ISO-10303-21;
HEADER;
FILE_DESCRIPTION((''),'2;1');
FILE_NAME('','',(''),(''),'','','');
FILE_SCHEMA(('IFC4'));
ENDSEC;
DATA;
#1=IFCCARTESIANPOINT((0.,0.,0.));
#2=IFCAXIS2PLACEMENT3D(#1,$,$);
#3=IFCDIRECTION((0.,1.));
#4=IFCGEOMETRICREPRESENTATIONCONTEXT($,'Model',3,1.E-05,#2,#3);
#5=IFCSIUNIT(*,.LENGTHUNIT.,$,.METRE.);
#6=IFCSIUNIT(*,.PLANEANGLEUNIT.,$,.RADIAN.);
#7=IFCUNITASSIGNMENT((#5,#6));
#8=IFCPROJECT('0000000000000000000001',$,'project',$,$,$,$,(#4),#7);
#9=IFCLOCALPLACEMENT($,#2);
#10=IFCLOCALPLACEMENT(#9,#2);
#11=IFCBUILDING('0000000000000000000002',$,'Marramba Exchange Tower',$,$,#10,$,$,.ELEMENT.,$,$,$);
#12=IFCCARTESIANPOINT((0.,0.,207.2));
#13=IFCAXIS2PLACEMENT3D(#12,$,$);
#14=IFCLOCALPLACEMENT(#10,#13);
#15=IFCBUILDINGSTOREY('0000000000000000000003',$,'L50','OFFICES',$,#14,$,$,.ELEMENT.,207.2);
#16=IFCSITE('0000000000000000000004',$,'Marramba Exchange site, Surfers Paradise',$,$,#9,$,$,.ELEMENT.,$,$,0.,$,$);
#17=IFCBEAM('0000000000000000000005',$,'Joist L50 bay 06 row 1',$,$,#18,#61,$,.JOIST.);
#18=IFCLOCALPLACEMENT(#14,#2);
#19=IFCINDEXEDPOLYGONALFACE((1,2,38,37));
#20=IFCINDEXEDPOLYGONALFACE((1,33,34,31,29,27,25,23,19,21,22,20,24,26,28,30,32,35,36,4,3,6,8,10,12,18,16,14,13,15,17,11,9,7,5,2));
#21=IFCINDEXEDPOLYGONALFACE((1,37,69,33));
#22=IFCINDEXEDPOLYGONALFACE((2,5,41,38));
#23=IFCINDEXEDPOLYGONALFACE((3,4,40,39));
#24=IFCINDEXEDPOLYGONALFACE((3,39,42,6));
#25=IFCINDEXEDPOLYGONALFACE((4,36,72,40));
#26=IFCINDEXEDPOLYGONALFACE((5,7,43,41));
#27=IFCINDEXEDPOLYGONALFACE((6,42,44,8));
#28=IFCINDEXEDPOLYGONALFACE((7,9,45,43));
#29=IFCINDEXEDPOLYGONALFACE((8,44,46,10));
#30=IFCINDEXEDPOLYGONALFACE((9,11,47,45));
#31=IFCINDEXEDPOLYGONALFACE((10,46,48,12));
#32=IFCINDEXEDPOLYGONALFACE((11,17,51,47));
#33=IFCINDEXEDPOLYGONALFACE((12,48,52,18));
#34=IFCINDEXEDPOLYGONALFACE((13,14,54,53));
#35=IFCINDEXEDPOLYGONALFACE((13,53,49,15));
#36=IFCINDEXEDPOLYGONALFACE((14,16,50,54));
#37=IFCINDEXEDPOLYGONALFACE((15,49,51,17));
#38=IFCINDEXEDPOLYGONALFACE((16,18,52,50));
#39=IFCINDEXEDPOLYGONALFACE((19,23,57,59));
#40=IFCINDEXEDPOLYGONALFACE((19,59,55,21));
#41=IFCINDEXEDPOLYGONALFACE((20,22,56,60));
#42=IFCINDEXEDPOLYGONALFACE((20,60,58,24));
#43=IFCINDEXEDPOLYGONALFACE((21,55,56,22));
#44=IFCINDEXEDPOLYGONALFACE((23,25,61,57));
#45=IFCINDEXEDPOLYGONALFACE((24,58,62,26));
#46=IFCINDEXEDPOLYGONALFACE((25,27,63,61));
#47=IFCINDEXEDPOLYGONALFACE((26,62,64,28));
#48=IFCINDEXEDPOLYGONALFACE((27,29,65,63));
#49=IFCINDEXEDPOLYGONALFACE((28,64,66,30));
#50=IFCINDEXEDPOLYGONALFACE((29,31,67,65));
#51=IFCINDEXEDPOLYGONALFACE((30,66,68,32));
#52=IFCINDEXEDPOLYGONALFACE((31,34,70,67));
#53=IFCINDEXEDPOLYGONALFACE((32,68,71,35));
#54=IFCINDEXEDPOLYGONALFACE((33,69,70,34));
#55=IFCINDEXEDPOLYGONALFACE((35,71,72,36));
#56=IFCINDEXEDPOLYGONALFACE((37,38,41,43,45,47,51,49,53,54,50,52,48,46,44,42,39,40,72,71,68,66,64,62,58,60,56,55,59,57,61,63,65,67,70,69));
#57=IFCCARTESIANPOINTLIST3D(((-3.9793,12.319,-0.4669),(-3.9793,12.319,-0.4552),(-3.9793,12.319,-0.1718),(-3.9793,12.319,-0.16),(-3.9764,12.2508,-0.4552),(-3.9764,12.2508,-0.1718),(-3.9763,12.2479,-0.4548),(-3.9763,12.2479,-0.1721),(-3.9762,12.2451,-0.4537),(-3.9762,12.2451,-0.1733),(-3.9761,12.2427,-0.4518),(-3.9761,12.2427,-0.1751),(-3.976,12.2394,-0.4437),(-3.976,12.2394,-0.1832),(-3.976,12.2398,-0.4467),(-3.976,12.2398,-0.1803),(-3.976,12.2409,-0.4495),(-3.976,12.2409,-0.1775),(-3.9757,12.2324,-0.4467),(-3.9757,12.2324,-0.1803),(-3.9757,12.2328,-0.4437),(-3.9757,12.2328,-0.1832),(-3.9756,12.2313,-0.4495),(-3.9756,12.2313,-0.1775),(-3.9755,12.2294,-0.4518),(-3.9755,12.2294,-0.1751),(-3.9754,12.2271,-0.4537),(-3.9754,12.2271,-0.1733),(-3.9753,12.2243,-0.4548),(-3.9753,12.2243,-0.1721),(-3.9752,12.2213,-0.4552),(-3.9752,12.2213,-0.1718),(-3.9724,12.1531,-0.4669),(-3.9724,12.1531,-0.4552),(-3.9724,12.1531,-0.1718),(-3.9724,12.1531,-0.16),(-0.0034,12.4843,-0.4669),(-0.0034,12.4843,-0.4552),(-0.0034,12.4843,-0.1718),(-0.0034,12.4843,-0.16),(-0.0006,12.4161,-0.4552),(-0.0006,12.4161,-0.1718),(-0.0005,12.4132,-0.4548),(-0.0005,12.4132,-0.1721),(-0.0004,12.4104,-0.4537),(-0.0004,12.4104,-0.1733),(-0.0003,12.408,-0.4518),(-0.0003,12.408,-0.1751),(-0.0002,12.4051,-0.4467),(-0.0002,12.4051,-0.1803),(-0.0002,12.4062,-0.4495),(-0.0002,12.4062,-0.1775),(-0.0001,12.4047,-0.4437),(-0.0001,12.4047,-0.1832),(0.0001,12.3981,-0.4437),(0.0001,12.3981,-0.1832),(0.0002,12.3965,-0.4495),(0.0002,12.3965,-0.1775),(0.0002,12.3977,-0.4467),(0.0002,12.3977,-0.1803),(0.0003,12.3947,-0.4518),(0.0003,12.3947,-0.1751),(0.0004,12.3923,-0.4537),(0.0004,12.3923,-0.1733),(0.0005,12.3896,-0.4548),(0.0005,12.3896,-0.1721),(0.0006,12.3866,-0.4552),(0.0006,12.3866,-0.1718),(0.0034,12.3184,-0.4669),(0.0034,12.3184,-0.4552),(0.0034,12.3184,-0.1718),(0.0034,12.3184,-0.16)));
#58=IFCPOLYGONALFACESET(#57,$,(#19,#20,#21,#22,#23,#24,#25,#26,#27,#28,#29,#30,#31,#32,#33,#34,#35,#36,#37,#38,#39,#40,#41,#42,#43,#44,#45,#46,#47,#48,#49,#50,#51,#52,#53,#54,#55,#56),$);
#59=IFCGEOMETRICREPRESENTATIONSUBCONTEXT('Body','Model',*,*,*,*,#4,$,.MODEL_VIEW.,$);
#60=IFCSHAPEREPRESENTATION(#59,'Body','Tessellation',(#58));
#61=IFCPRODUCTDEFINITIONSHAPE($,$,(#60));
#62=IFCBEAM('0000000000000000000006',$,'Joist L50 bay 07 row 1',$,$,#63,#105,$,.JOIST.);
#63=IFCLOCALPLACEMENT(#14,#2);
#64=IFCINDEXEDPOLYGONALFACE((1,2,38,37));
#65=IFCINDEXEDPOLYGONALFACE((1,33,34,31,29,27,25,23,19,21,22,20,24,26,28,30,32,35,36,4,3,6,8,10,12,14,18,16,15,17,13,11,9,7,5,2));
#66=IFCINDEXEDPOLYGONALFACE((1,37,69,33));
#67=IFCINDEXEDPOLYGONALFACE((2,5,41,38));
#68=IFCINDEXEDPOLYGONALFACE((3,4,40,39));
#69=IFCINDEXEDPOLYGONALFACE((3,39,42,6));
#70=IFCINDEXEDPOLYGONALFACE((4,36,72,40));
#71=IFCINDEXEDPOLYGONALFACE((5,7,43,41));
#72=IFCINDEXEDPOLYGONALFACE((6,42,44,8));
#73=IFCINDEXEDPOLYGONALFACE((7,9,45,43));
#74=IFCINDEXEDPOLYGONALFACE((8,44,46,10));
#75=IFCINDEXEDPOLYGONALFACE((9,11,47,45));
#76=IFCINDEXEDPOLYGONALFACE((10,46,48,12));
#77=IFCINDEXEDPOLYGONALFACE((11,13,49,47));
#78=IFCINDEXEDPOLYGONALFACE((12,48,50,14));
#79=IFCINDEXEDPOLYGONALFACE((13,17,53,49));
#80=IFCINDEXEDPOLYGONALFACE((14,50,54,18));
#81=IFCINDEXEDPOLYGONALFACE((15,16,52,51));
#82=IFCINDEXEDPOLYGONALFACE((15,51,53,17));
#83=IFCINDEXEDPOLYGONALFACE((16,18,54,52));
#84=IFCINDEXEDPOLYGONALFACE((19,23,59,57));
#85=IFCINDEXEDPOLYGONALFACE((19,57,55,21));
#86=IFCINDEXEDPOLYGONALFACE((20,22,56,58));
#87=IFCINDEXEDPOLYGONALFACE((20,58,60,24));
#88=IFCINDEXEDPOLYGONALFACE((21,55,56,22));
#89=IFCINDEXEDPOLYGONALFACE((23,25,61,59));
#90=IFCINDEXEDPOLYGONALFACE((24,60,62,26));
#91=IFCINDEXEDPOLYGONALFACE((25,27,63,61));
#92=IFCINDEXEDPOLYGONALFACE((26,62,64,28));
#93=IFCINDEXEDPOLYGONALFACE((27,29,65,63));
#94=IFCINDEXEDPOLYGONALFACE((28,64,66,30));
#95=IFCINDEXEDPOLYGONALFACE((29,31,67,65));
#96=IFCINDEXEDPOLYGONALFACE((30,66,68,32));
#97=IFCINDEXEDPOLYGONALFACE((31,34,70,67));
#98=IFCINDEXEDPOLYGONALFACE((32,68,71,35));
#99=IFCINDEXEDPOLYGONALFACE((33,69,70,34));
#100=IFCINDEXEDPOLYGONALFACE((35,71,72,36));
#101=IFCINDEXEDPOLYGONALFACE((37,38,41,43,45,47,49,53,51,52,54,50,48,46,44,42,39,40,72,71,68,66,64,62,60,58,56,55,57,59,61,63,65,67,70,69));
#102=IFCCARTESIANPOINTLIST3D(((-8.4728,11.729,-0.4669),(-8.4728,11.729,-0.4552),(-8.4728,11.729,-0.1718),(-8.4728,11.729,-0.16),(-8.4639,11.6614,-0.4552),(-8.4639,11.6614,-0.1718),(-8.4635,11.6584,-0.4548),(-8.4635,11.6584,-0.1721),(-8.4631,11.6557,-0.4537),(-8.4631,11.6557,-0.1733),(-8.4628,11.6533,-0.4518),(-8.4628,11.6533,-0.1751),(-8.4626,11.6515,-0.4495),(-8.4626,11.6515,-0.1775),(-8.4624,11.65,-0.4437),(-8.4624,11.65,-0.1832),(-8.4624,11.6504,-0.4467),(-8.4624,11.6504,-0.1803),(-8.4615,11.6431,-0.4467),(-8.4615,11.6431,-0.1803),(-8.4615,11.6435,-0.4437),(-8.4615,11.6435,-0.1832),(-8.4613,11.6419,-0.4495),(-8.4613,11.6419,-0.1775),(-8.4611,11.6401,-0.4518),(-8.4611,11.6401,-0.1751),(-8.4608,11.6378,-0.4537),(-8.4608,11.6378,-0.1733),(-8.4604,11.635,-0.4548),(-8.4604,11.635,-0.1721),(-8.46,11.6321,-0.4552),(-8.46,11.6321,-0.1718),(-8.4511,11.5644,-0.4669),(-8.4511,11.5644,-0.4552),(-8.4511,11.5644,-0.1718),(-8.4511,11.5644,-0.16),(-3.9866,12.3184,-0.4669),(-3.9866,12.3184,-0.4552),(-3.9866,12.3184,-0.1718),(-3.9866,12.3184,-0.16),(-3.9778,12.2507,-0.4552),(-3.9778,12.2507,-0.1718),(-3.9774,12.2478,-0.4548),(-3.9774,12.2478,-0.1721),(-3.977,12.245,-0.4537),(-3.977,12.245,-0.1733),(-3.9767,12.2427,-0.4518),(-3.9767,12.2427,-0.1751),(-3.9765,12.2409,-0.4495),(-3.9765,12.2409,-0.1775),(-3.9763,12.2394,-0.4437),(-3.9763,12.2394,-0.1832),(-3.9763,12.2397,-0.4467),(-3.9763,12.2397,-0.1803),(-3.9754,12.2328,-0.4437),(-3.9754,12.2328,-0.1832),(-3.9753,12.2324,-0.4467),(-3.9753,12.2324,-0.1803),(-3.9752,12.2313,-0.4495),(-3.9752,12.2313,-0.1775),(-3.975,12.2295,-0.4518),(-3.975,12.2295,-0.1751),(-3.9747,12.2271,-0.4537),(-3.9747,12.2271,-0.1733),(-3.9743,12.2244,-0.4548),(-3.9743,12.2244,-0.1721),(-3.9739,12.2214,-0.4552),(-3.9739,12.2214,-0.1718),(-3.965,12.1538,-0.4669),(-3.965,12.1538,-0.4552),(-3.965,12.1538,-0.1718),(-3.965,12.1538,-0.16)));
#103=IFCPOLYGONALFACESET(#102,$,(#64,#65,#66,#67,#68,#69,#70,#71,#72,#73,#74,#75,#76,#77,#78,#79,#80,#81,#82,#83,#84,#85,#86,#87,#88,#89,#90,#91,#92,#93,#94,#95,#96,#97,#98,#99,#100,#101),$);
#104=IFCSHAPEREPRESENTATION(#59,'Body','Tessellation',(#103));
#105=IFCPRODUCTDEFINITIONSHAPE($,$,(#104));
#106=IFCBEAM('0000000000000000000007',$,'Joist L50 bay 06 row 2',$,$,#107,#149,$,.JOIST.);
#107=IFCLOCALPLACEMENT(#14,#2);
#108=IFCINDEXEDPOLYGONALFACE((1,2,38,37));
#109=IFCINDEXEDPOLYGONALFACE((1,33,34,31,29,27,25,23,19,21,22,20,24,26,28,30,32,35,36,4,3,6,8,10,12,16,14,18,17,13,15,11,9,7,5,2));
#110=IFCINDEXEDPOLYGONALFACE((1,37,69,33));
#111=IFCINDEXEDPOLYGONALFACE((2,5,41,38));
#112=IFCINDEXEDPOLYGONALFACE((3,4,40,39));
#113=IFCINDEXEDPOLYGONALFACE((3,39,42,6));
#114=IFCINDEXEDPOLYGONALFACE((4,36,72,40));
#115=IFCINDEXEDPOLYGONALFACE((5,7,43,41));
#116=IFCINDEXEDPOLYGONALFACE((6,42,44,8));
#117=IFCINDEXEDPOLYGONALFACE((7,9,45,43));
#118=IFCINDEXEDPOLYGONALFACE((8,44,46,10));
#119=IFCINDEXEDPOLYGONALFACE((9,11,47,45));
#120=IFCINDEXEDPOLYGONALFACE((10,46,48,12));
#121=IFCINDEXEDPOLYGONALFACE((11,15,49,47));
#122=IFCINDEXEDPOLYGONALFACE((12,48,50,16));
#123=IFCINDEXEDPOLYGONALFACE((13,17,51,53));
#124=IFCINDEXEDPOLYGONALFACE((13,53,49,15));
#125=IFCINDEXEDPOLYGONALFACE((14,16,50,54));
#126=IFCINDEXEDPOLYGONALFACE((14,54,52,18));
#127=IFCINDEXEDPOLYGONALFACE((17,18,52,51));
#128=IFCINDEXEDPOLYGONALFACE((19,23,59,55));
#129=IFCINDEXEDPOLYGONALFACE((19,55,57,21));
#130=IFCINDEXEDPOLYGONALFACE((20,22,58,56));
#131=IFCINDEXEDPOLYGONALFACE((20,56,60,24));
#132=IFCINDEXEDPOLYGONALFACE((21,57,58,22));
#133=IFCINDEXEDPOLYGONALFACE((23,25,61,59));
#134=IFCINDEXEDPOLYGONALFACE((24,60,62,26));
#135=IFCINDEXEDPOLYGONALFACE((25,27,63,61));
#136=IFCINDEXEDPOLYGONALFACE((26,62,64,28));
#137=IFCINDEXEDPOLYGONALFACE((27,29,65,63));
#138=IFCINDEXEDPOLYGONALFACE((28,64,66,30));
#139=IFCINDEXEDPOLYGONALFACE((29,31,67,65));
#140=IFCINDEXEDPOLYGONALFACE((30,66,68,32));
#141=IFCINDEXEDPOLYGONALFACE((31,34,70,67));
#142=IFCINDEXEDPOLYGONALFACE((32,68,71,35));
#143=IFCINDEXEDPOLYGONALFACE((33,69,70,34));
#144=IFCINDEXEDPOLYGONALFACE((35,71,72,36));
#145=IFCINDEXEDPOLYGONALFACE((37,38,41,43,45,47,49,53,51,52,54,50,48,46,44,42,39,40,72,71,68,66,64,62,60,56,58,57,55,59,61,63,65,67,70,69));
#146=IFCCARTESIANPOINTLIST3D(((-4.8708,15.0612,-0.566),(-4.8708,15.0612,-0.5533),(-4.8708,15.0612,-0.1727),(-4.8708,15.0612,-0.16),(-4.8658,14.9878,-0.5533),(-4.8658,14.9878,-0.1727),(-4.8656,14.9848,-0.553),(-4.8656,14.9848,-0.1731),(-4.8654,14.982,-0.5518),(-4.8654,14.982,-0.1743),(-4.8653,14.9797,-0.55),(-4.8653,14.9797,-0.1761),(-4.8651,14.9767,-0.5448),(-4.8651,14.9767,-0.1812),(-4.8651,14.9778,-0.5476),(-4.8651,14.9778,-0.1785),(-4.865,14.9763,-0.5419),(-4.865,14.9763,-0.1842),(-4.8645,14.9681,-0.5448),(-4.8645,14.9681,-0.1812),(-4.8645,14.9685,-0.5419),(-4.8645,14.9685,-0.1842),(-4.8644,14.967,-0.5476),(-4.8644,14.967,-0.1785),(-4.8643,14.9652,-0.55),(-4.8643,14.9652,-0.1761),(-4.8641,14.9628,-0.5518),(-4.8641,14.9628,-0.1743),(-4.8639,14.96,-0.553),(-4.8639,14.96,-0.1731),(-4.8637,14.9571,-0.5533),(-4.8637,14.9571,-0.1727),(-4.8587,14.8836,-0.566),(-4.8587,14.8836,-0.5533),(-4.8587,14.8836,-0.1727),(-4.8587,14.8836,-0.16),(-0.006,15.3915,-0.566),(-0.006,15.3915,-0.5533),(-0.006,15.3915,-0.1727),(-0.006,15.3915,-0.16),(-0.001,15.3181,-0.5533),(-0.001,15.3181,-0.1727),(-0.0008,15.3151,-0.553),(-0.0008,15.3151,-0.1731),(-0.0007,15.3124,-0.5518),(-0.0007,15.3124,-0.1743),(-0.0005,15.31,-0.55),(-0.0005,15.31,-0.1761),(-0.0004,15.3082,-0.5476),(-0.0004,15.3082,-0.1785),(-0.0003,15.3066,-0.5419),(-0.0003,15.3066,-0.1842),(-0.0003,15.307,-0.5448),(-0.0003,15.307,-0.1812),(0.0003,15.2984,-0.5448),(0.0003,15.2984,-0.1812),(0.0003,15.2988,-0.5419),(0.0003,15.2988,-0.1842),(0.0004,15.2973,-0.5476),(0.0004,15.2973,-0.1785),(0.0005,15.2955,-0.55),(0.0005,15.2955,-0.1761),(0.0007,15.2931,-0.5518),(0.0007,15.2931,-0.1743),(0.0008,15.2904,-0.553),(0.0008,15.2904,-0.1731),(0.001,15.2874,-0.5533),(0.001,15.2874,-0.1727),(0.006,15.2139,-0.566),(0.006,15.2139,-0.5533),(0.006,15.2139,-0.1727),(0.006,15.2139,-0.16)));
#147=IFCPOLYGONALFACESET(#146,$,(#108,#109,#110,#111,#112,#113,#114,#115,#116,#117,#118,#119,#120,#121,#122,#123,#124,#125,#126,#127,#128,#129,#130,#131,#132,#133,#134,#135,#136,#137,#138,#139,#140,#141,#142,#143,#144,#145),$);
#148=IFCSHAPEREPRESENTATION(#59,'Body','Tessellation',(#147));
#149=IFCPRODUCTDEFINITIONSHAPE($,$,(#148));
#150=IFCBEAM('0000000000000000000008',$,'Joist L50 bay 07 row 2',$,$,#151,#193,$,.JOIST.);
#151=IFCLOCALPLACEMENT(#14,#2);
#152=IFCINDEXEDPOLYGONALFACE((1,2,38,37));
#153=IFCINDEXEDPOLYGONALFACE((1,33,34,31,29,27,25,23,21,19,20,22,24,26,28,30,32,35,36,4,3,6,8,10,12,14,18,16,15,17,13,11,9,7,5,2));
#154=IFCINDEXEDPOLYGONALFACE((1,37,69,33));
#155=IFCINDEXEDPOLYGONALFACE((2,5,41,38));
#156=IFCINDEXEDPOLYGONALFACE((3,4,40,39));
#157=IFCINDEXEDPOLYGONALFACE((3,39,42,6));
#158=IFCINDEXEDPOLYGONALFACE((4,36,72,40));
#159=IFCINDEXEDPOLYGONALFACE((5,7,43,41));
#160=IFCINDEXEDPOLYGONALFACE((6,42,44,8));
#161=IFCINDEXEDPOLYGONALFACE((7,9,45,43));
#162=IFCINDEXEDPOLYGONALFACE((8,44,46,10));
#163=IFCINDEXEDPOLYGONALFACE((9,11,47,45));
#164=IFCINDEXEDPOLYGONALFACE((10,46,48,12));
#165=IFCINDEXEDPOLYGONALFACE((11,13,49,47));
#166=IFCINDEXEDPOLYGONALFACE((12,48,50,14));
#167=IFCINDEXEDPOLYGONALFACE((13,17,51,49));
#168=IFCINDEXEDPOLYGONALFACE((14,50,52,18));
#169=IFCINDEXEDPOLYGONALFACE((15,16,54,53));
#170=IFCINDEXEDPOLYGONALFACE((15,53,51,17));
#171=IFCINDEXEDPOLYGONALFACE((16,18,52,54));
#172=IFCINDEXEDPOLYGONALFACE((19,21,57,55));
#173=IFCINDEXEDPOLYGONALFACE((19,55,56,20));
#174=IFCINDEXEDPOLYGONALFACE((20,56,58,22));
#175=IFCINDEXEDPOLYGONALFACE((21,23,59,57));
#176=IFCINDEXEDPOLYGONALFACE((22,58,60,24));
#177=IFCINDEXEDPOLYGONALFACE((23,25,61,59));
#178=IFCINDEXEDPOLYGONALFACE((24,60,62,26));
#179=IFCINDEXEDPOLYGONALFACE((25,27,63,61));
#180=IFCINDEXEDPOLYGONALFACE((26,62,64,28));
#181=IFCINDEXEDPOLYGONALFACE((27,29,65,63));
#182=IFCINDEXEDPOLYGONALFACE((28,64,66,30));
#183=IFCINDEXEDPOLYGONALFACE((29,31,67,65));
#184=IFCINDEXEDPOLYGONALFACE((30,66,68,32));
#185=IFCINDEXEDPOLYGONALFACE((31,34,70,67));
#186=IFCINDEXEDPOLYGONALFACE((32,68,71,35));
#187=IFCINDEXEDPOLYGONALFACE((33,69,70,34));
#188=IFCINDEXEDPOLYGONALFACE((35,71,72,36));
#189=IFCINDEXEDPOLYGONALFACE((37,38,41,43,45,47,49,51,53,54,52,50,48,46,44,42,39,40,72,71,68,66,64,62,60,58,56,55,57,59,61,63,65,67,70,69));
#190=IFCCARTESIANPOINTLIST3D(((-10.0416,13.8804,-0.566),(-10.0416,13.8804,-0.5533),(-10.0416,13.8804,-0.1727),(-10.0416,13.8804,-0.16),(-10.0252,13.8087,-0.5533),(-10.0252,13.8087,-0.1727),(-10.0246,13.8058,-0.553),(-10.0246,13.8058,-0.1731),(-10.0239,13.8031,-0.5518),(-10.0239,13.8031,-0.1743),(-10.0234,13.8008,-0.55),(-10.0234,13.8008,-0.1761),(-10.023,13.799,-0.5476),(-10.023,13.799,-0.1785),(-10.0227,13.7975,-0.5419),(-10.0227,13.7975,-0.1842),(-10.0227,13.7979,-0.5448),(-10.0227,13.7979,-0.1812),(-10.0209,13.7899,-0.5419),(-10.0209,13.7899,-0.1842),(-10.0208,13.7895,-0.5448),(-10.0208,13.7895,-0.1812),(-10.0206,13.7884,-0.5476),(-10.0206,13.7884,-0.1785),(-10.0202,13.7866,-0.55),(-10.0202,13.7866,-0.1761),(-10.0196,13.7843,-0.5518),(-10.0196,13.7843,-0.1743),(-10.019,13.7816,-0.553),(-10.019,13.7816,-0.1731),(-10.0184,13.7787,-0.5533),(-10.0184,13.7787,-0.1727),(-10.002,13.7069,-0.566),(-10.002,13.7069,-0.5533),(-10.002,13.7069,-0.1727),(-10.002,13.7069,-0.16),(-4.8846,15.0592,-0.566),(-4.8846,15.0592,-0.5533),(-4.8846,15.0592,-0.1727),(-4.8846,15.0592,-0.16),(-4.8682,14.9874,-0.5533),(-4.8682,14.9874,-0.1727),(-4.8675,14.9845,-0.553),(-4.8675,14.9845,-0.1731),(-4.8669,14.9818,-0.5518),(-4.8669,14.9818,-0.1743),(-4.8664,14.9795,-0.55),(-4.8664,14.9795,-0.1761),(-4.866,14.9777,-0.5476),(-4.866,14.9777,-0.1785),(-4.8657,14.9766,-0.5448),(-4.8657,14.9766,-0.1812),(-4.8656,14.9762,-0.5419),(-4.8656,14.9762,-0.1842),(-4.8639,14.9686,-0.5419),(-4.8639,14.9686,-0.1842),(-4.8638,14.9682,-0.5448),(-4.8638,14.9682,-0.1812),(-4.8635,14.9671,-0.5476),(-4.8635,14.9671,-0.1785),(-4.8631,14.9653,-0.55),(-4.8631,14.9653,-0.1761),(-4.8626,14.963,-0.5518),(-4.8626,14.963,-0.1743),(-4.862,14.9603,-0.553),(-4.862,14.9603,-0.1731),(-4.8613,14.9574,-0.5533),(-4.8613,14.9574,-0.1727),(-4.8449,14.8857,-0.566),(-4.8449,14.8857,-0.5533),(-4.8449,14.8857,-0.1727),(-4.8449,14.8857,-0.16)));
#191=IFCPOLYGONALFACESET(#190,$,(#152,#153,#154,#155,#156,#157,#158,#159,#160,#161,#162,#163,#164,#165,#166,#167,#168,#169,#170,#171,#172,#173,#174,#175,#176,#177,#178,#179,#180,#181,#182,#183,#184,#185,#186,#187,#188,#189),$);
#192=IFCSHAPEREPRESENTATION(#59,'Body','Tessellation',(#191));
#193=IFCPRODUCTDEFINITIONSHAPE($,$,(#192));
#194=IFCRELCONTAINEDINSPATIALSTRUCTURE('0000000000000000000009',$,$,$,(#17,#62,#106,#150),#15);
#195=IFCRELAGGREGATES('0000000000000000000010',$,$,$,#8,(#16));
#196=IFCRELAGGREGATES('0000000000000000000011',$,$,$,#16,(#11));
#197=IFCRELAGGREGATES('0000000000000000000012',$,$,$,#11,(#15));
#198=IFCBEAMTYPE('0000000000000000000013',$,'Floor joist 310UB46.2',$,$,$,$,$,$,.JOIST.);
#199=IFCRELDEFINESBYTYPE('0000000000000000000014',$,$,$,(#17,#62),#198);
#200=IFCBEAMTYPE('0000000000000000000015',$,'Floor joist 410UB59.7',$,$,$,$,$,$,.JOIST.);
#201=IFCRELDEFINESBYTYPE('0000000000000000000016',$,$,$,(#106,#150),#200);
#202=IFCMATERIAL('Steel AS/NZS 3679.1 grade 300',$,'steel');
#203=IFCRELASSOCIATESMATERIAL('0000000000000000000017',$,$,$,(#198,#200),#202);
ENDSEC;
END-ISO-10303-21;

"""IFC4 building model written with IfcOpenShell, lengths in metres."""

from ifc_helpers import new_model, si_unit, direction, frame, origin, origin_2d, place, context, subcontext, project, spatial, i_section, extrude, material, material_profile, profile_set, type_object, element, save


model = new_model("IFC4")

# Units and contexts
model_context = context("Model", 3, precision=1e-05, world=origin(), true_north=direction((0.0, 1.0)))
body_context = subcontext(model_context, "Body", "Model", "MODEL_VIEW")
ifc_project = project(units=[si_unit("LENGTHUNIT", "METRE"), si_unit("PLANEANGLEUNIT", "RADIAN")], contexts=[model_context])

# Site, building, storey
site_placement = place(None, origin())
site = spatial("IfcSite", under=ifc_project, at=site_placement, Name="Marramba Exchange site, Surfers Paradise", CompositionType="ELEMENT", RefElevation=0.0)
building_placement = place(site_placement, origin())
building = spatial("IfcBuilding", under=site, at=building_placement, Name="Marramba Exchange Tower", CompositionType="ELEMENT")
storey_placement = place(building_placement, frame((0.0, 0.0, 207.2)))
storey = spatial("IfcBuildingStorey", under=building, at=storey_placement, Name="L50", Description="OFFICES", CompositionType="ELEMENT", Elevation=207.2)

# Beams
ifc_material_1 = material(Name="Steel AS/NZS 3679.1 grade 300", Category="steel")
ifc_material_profile_1 = material_profile(ifc_material_1, i_section(OverallWidth=0.166, OverallDepth=0.3069, WebThickness=0.0066, FlangeThickness=0.0117, FilletRadius=0.0115, at=origin_2d()), Name="310UB46.2")
ifc_profile_set_1 = profile_set([ifc_material_profile_1], Name="Steel AS/NZS 3679.1 grade 300")
beam_type_1 = type_object("IfcBeamType", Name="Floor joist 310UB46.2", PredefinedType="JOIST", material=ifc_profile_set_1)
beam_1_placement = place(storey_placement, frame((0.0, 12.4014, -0.3135), z_axis=(-0.999137, -0.041536, 0.0), x_axis=(0.041536, -0.999137, 0.0)))
element("IfcBeam", 1, at=beam_1_placement, inside=storey, type_object=beam_type_1, Name="Joist L50 bay 06 row 1", PredefinedType="JOIST", context=body_context, shape_type="SweptSolid", body=[
    extrude(i_section(OverallWidth=0.166, OverallDepth=0.3069, WebThickness=0.0066, FlangeThickness=0.0117, FilletRadius=0.0115, at=origin_2d()), origin(), (0.0, 0.0, 1.0), 3.9792),
])
beam_2_placement = place(storey_placement, frame((-3.9758, 12.2361, -0.3135), z_axis=(-0.991481, -0.130255, 0.0), x_axis=(0.130255, -0.991481, 0.0)))
element("IfcBeam", 2, at=beam_2_placement, inside=storey, type_object=beam_type_1, Name="Joist L50 bay 07 row 1", PredefinedType="JOIST", context=body_context, shape_type="SweptSolid", body=[
    extrude(i_section(OverallWidth=0.166, OverallDepth=0.3069, WebThickness=0.0066, FlangeThickness=0.0117, FilletRadius=0.0115, at=origin_2d()), origin(), (0.0, 0.0, 1.0), 4.5247),
])
ifc_material_profile_2 = material_profile(ifc_material_1, i_section(OverallWidth=0.178, OverallDepth=0.406, WebThickness=0.0078, FlangeThickness=0.0127, FilletRadius=0.0115, at=origin_2d()), Name="410UB59.7")
ifc_profile_set_2 = profile_set([ifc_material_profile_2], Name="Steel AS/NZS 3679.1 grade 300")
beam_type_2 = type_object("IfcBeamType", Name="Floor joist 410UB59.7", PredefinedType="JOIST", material=ifc_profile_set_2)
beam_3_placement = place(storey_placement, frame((0.0, 15.3027, -0.363), z_axis=(-0.997703, -0.067745, 0.0), x_axis=(0.067745, -0.997703, 0.0)))
element("IfcBeam", 3, at=beam_3_placement, inside=storey, type_object=beam_type_2, Name="Joist L50 bay 06 row 2", PredefinedType="JOIST", context=body_context, shape_type="SweptSolid", body=[
    extrude(i_section(OverallWidth=0.178, OverallDepth=0.406, WebThickness=0.0078, FlangeThickness=0.0127, FilletRadius=0.0115, at=origin_2d()), origin(), (0.0, 0.0, 1.0), 4.876),
])
beam_4_placement = place(storey_placement, frame((-4.8647, 14.9724, -0.363), z_axis=(-0.97486, -0.22282, 0.0), x_axis=(0.22282, -0.97486, 0.0)))
element("IfcBeam", 4, at=beam_4_placement, inside=storey, type_object=beam_type_2, Name="Joist L50 bay 07 row 2", PredefinedType="JOIST", context=body_context, shape_type="SweptSolid", body=[
    extrude(i_section(OverallWidth=0.178, OverallDepth=0.406, WebThickness=0.0078, FlangeThickness=0.0127, FilletRadius=0.0115, at=origin_2d()), origin(), (0.0, 0.0, 1.0), 5.29),
])

save(model, "model.ifc")
